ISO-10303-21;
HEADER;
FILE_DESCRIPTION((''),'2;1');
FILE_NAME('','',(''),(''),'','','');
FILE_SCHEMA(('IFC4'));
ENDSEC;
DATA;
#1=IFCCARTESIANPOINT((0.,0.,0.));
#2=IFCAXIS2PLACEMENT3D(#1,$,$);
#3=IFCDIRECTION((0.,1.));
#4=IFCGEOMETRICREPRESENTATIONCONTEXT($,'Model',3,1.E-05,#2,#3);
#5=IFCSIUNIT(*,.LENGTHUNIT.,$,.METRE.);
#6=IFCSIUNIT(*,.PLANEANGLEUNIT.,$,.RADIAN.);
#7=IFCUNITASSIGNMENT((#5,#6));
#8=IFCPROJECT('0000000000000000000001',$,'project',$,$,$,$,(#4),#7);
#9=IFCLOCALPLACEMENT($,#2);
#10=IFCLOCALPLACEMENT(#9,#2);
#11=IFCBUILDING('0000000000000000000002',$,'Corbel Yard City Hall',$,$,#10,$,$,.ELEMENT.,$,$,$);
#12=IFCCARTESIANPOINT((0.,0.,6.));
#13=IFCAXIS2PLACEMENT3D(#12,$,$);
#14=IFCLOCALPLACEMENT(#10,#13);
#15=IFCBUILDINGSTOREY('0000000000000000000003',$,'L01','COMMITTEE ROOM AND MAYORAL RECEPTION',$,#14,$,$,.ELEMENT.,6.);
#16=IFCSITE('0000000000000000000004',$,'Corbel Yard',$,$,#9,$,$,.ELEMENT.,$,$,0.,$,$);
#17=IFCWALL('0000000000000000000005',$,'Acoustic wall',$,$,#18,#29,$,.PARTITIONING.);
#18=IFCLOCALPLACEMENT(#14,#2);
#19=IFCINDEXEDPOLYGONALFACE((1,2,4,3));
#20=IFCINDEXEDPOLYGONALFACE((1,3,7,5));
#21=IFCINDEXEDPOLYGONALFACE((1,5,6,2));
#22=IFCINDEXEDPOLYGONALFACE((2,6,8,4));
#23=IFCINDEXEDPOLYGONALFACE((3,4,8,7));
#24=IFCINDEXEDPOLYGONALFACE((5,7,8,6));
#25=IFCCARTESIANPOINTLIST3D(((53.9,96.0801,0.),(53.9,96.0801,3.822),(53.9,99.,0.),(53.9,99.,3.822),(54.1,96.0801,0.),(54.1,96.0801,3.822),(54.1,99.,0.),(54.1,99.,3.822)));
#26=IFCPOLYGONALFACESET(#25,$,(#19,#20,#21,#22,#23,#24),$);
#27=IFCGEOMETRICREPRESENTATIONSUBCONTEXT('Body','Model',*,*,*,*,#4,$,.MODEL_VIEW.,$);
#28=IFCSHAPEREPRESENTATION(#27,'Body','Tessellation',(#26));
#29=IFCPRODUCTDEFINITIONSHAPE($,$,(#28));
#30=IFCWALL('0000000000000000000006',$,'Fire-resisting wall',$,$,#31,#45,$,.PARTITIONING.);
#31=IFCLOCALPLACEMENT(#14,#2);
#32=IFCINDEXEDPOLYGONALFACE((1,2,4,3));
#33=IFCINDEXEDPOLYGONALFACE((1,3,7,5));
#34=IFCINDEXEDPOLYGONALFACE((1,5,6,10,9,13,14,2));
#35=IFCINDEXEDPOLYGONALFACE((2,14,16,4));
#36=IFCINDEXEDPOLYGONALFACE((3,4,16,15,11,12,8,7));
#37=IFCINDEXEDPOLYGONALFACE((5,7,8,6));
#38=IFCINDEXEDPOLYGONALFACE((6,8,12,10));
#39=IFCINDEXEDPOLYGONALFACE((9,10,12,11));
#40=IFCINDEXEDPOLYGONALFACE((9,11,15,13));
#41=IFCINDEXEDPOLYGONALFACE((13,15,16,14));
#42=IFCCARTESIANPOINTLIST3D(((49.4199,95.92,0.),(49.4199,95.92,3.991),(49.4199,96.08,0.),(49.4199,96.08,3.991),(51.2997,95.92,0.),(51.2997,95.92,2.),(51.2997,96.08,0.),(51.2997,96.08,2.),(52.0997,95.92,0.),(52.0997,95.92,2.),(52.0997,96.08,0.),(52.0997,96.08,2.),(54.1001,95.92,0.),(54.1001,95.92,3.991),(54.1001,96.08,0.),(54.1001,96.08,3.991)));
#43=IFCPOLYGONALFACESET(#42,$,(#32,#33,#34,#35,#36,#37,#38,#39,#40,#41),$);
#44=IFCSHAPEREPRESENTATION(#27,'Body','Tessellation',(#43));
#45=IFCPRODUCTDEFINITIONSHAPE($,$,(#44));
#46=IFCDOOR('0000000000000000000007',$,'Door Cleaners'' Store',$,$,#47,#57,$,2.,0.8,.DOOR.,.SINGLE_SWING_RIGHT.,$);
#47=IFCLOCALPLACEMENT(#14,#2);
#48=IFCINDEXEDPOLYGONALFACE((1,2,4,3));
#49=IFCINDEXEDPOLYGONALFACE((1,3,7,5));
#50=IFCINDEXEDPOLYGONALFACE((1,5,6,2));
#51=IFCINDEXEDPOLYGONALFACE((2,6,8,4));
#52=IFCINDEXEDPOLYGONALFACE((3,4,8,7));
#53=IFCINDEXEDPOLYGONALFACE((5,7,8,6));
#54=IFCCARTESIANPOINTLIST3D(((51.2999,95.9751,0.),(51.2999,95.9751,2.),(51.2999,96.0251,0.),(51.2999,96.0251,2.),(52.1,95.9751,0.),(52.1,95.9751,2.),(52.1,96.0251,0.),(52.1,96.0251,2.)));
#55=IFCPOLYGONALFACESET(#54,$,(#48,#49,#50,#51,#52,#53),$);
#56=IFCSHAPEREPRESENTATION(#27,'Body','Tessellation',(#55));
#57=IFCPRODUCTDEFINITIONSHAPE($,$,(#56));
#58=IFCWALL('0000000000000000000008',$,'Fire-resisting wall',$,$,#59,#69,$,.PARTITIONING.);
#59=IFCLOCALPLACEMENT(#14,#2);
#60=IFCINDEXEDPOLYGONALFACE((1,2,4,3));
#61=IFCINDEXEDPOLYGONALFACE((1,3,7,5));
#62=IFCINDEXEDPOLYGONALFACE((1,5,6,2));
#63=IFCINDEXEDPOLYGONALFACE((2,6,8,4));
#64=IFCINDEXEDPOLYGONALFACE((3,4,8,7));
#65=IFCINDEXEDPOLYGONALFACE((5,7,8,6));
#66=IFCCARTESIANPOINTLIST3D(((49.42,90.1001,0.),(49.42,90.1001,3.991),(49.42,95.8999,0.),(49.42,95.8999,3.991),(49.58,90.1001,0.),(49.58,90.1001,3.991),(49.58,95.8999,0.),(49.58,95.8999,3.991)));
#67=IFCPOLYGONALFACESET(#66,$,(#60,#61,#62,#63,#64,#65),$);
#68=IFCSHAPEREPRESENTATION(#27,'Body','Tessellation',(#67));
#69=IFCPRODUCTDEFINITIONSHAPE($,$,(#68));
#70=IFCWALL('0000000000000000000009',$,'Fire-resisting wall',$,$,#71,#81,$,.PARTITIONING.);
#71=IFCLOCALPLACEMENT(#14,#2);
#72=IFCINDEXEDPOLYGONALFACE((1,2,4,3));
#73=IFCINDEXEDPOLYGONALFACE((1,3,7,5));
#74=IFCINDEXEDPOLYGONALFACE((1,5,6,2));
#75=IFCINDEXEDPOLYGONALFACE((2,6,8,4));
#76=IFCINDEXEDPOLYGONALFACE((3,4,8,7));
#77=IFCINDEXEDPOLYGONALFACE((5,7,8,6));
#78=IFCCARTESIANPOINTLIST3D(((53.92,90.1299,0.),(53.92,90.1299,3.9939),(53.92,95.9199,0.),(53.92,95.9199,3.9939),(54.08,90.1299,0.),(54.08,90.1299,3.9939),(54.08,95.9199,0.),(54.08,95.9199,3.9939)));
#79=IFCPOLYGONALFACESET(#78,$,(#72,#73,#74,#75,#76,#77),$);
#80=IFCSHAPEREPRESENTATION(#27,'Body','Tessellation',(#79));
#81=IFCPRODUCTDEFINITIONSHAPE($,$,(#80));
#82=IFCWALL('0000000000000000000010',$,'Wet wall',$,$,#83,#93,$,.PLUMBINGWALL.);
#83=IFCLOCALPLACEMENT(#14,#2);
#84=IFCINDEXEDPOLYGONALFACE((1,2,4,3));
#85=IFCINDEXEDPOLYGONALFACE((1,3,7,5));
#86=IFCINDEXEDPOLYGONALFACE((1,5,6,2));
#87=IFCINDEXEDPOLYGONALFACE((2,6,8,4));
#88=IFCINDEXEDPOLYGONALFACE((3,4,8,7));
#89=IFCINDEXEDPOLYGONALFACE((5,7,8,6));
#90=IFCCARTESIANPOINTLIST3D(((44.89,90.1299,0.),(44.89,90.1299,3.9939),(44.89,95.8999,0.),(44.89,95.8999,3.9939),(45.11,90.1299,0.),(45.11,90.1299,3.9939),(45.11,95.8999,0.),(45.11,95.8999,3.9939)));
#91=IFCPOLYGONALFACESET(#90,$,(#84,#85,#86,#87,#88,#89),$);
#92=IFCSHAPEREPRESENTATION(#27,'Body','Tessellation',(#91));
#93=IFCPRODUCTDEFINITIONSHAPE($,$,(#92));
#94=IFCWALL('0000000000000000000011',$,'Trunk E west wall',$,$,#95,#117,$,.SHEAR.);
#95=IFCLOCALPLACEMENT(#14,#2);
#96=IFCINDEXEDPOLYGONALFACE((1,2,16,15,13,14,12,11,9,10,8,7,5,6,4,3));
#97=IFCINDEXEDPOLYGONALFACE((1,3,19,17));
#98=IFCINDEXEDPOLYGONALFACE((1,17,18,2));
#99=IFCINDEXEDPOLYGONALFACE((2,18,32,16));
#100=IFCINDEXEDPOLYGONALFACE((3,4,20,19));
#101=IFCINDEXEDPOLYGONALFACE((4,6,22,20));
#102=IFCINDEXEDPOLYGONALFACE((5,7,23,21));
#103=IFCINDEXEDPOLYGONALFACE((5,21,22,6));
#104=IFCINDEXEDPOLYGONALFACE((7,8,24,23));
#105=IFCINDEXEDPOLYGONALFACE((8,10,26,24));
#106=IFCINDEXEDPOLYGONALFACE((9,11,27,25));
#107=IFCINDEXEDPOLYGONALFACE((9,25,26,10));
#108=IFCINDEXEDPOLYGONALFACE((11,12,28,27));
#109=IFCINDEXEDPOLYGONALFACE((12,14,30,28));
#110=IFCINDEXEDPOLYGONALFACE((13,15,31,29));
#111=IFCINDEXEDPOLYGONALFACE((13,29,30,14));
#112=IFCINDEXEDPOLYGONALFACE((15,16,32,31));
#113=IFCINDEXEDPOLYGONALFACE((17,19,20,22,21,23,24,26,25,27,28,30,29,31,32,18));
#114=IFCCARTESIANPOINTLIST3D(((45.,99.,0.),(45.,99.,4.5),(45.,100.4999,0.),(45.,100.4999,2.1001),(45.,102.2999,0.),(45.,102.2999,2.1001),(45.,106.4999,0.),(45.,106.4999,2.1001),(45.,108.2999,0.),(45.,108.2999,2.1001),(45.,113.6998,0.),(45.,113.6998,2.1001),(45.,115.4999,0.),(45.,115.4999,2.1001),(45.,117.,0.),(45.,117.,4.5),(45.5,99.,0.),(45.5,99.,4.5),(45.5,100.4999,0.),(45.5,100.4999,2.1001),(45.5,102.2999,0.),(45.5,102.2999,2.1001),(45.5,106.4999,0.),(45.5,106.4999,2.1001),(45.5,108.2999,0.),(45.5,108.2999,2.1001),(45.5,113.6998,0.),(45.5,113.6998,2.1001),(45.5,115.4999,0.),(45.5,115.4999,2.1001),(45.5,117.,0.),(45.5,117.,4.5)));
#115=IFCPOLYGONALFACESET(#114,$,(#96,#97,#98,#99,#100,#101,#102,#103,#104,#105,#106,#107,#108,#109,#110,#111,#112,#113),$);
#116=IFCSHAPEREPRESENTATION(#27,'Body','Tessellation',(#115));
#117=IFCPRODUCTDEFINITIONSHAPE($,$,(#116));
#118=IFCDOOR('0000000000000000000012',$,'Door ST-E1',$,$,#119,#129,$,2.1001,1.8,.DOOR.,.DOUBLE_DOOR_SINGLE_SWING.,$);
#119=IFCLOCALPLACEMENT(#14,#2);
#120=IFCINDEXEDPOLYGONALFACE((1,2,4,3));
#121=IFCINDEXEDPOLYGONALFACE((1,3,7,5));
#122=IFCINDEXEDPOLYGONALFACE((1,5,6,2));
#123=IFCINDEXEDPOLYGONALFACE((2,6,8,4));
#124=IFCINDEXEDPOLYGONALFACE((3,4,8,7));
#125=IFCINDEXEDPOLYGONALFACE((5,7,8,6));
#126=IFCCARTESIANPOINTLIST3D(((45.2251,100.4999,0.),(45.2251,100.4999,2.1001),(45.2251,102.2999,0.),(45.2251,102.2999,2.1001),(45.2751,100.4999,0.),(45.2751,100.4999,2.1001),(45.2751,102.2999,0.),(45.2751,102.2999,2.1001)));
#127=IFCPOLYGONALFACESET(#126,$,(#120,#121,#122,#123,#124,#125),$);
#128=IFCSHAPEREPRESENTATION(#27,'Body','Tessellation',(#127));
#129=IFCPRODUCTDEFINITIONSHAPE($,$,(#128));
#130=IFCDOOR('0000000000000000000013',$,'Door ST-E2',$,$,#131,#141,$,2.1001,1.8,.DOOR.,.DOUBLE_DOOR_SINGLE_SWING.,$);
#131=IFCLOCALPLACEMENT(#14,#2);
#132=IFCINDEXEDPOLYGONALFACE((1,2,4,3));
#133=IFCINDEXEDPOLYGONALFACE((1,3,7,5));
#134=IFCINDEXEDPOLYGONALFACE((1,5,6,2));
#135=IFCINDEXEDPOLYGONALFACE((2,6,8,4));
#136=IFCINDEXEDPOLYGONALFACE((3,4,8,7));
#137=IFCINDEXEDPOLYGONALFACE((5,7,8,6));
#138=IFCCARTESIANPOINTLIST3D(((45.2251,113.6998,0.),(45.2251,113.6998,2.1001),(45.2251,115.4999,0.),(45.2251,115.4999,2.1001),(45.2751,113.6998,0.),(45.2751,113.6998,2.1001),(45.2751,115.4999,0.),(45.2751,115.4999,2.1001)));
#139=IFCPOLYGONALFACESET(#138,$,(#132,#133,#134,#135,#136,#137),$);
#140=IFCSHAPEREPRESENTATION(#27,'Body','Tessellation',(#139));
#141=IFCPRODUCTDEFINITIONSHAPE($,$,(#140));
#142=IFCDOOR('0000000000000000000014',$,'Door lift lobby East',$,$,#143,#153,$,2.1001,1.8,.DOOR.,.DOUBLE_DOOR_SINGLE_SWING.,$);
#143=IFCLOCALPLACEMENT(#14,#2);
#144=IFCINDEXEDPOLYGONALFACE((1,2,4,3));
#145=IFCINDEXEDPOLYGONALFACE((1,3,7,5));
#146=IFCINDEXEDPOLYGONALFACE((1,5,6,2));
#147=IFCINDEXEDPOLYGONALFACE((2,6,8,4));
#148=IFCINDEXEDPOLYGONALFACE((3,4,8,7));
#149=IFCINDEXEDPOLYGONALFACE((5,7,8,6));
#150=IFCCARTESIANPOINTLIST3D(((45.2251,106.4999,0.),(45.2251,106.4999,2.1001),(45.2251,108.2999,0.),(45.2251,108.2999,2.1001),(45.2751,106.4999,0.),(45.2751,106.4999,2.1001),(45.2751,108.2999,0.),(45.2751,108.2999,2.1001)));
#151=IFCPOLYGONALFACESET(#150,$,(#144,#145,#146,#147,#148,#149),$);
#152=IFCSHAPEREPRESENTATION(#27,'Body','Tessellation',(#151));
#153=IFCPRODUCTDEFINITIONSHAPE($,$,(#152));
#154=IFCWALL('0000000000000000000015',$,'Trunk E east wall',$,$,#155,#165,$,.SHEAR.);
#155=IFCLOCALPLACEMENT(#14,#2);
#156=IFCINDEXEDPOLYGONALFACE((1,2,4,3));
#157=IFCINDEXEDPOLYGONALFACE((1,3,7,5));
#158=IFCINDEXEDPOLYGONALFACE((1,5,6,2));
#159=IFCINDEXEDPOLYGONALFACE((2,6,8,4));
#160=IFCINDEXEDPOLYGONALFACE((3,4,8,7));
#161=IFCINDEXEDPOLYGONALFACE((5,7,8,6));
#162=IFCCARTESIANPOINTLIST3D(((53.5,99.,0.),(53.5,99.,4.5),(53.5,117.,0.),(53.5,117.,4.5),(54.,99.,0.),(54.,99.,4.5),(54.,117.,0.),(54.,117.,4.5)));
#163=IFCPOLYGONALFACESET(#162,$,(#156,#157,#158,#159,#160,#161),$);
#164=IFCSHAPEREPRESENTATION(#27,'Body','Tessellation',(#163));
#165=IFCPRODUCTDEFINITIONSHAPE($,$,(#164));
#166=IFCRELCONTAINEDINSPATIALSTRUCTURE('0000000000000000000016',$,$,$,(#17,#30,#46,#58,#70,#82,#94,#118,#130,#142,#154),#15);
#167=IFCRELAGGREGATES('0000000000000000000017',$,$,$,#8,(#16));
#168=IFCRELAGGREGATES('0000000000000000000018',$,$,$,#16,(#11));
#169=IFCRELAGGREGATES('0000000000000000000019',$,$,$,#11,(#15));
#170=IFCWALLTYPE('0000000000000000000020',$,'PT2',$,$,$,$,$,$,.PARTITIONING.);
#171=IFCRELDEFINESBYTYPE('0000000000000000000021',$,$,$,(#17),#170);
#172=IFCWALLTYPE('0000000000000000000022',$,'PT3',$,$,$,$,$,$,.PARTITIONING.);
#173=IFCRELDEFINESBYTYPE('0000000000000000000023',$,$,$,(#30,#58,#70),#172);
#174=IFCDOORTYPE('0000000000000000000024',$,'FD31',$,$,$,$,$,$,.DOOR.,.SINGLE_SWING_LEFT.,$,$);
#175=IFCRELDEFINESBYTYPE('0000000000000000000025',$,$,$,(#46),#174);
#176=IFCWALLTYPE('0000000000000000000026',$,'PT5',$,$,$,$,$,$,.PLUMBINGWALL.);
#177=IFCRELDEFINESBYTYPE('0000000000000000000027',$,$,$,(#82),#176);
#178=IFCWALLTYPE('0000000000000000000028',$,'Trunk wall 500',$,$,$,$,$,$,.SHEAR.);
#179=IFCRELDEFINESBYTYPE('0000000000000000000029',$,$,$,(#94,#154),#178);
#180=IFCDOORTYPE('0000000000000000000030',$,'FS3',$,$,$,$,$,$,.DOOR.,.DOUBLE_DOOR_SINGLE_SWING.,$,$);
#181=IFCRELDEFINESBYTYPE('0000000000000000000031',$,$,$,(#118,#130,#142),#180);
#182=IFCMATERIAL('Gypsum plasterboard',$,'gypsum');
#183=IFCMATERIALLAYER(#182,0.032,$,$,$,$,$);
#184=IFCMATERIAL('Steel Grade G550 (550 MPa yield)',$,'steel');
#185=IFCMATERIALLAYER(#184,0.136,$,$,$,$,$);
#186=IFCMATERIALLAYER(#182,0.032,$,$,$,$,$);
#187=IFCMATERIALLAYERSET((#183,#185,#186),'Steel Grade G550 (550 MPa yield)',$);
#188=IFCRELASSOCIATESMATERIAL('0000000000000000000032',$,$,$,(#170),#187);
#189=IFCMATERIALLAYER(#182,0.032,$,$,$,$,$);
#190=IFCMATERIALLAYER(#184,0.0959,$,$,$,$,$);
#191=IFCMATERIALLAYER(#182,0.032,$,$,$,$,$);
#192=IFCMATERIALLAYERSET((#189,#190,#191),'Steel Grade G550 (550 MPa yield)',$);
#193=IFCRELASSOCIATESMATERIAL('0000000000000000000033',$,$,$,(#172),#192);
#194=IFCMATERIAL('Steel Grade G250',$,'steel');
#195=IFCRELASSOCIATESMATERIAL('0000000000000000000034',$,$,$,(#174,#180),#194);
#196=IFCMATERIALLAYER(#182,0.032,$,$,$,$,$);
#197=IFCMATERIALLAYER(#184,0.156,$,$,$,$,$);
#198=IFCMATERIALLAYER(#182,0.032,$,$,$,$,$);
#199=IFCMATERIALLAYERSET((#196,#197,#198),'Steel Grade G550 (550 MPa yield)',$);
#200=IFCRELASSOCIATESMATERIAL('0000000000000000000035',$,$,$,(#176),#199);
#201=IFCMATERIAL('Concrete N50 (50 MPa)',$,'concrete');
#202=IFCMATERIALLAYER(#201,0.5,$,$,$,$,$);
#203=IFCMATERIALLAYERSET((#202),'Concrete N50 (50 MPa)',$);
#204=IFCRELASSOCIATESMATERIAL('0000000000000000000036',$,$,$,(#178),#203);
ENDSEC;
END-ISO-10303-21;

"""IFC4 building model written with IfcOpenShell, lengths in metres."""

from ifc_helpers import new_model, si_unit, direction, frame, frame_2d, origin, place, context, subcontext, project, spatial, rectangle, extrude, material, layer, layer_set, type_object, element, fill, save


model = new_model("IFC4")

# Units and contexts
model_context = context("Model", 3, precision=1e-05, world=origin(), true_north=direction((0.0, 1.0)))
body_context = subcontext(model_context, "Body", "Model", "MODEL_VIEW")
ifc_project = project(units=[si_unit("LENGTHUNIT", "METRE"), si_unit("PLANEANGLEUNIT", "RADIAN")], contexts=[model_context])

# Site, building, storey
site_placement = place(None, origin())
site = spatial("IfcSite", under=ifc_project, at=site_placement, Name="Corbel Yard", CompositionType="ELEMENT", RefElevation=0.0)
building_placement = place(site_placement, origin())
building = spatial("IfcBuilding", under=site, at=building_placement, Name="Corbel Yard City Hall", CompositionType="ELEMENT")
storey_placement = place(building_placement, frame((0.0, 0.0, 6.0)))
storey = spatial("IfcBuildingStorey", under=building, at=storey_placement, Name="L01", Description="COMMITTEE ROOM AND MAYORAL RECEPTION", CompositionType="ELEMENT", Elevation=6.0)

# Shared definitions
ifc_material_1 = material(Name="Gypsum plasterboard", Category="gypsum")
ifc_layer_1 = layer(ifc_material_1, 0.032)
ifc_material_2 = material(Name="Steel Grade G550 (550 MPa yield)", Category="steel")
ifc_layer_2 = layer(ifc_material_2, 0.136)
ifc_layer_3 = layer(ifc_material_1, 0.032)
ifc_layer_set_1 = layer_set([ifc_layer_1, ifc_layer_2, ifc_layer_3], Name="Steel Grade G550 (550 MPa yield)")
wall_type_1 = type_object("IfcWallType", Name="PT2", PredefinedType="PARTITIONING", material=ifc_layer_set_1)

# Wall
wall_1_placement = place(storey_placement, frame((54.0, 96.0801, 0.0), z_axis=(0.0, 0.0, 1.0), x_axis=(0.0, 1.0, 0.0)))
element("IfcWall", 1, at=wall_1_placement, inside=storey, type_object=wall_type_1, Name="Acoustic wall", PredefinedType="PARTITIONING", context=body_context, shape_type="SweptSolid", body=[
    extrude(rectangle(XDim=2.9199, YDim=0.2, at=frame_2d((1.46, 0.0))), origin(), (0.0, 0.0, 1.0), 3.822),
])

# Wall, opening, door
ifc_layer_4 = layer(ifc_material_1, 0.032)
ifc_layer_5 = layer(ifc_material_2, 0.0959)
ifc_layer_6 = layer(ifc_material_1, 0.032)
ifc_layer_set_2 = layer_set([ifc_layer_4, ifc_layer_5, ifc_layer_6], Name="Steel Grade G550 (550 MPa yield)")
wall_type_2 = type_object("IfcWallType", Name="PT3", PredefinedType="PARTITIONING", material=ifc_layer_set_2)
wall_2_placement = place(storey_placement, frame((49.4199, 96.0, 0.0), z_axis=(0.0, 0.0, 1.0), x_axis=(1.0, 0.0, 0.0)))
wall_2 = element("IfcWall", 2, at=wall_2_placement, inside=storey, type_object=wall_type_2, Name="Fire-resisting wall", PredefinedType="PARTITIONING", context=body_context, shape_type="SweptSolid", body=[
    extrude(rectangle(XDim=4.6802, YDim=0.1599, at=frame_2d((2.3401, 0.0))), origin(), (0.0, 0.0, 1.0), 3.991),
])
opening_1_placement = place(wall_2_placement, frame((1.8799, 0.0, 0.0)))
opening_1 = element("IfcOpeningElement", 3, at=opening_1_placement, cuts=wall_2, PredefinedType="OPENING", context=body_context, shape_type="SweptSolid", body=[
    extrude(rectangle(XDim=0.8, YDim=2.0, at=frame_2d((0.3999, 1.0))), frame((0.0, 0.0898, 0.0), z_axis=(0.0, -1.0, 0.0), x_axis=(1.0, 0.0, 0.0)), (0.0, 0.0, 1.0), 0.1799),
])
ifc_material_3 = material(Name="Steel Grade G250", Category="steel")
door_type_1 = type_object("IfcDoorType", Name="FD31", OperationType="SINGLE_SWING_LEFT", PredefinedType="DOOR", material=ifc_material_3)
door_1_placement = place(opening_1_placement, frame((0.8, 0.0, 0.0), z_axis=(0.0, 0.0, 1.0), x_axis=(-1.0, 0.0, 0.0)))
door_1 = element("IfcDoor", 4, at=door_1_placement, inside=storey, type_object=door_type_1, Name="Door Cleaners' Store", OperationType="SINGLE_SWING_RIGHT", OverallHeight=2.0, OverallWidth=0.8, PredefinedType="DOOR", context=body_context, shape_type="SweptSolid", body=[
    extrude(rectangle(XDim=0.8, YDim=2.0, at=frame_2d((0.3999, 1.0))), frame((0.0, 0.0249, 0.0), z_axis=(0.0, -1.0, 0.0), x_axis=(1.0, 0.0, 0.0)), (0.0, 0.0, 1.0), 0.05),
])
fill(opening_1, door_1)

# Walls
wall_3_placement = place(storey_placement, frame((49.5, 90.1001, 0.0), z_axis=(0.0, 0.0, 1.0), x_axis=(0.0, 1.0, 0.0)))
element("IfcWall", 5, at=wall_3_placement, inside=storey, type_object=wall_type_2, Name="Fire-resisting wall", PredefinedType="PARTITIONING", context=body_context, shape_type="SweptSolid", body=[
    extrude(rectangle(XDim=5.7998, YDim=0.1599, at=frame_2d((2.8999, 0.0))), origin(), (0.0, 0.0, 1.0), 3.991),
])
wall_4_placement = place(storey_placement, frame((54.0, 90.1299, 0.0), z_axis=(0.0, 0.0, 1.0), x_axis=(0.0, 1.0, 0.0)))
element("IfcWall", 6, at=wall_4_placement, inside=storey, type_object=wall_type_2, Name="Fire-resisting wall", PredefinedType="PARTITIONING", context=body_context, shape_type="SweptSolid", body=[
    extrude(rectangle(XDim=5.79, YDim=0.1599, at=frame_2d((2.895, 0.0))), origin(), (0.0, 0.0, 1.0), 3.9939),
])
ifc_layer_7 = layer(ifc_material_1, 0.032)
ifc_layer_8 = layer(ifc_material_2, 0.156)
ifc_layer_9 = layer(ifc_material_1, 0.032)
ifc_layer_set_3 = layer_set([ifc_layer_7, ifc_layer_8, ifc_layer_9], Name="Steel Grade G550 (550 MPa yield)")
wall_type_3 = type_object("IfcWallType", Name="PT5", PredefinedType="PLUMBINGWALL", material=ifc_layer_set_3)
wall_5_placement = place(storey_placement, frame((45.0, 90.1299, 0.0), z_axis=(0.0, 0.0, 1.0), x_axis=(0.0, 1.0, 0.0)))
element("IfcWall", 7, at=wall_5_placement, inside=storey, type_object=wall_type_3, Name="Wet wall", PredefinedType="PLUMBINGWALL", context=body_context, shape_type="SweptSolid", body=[
    extrude(rectangle(XDim=5.77, YDim=0.22, at=frame_2d((2.885, 0.0))), origin(), (0.0, 0.0, 1.0), 3.9939),
])

# Wall, openings, doors
ifc_material_4 = material(Name="Concrete N50 (50 MPa)", Category="concrete")
ifc_layer_10 = layer(ifc_material_4, 0.5)
ifc_layer_set_4 = layer_set([ifc_layer_10], Name="Concrete N50 (50 MPa)")
wall_type_4 = type_object("IfcWallType", Name="Trunk wall 500", PredefinedType="SHEAR", material=ifc_layer_set_4)
wall_6_placement = place(storey_placement, frame((45.25, 99.0, 0.0), z_axis=(0.0, 0.0, 1.0), x_axis=(0.0, 1.0, 0.0)))
wall_6 = element("IfcWall", 8, at=wall_6_placement, inside=storey, type_object=wall_type_4, Name="Trunk E west wall", PredefinedType="SHEAR", context=body_context, shape_type="SweptSolid", body=[
    extrude(rectangle(XDim=18.0, YDim=0.5, at=frame_2d((9.0, 0.0))), origin(), (0.0, 0.0, 1.0), 4.5),
])
opening_2_placement = place(wall_6_placement, frame((1.5, 0.0, 0.0)))
opening_2 = element("IfcOpeningElement", 9, at=opening_2_placement, cuts=wall_6, PredefinedType="OPENING", context=body_context, shape_type="SweptSolid", body=[
    extrude(rectangle(XDim=1.8, YDim=2.1001, at=frame_2d((0.8999, 1.05))), frame((0.0, 0.26, 0.0), z_axis=(0.0, -1.0, 0.0), x_axis=(1.0, 0.0, 0.0)), (0.0, 0.0, 1.0), 0.52),
])
opening_3_placement = place(wall_6_placement, frame((14.7, 0.0, 0.0)))
opening_3 = element("IfcOpeningElement", 10, at=opening_3_placement, cuts=wall_6, PredefinedType="OPENING", context=body_context, shape_type="SweptSolid", body=[
    extrude(rectangle(XDim=1.8, YDim=2.1001, at=frame_2d((0.8999, 1.05))), frame((0.0, 0.26, 0.0), z_axis=(0.0, -1.0, 0.0), x_axis=(1.0, 0.0, 0.0)), (0.0, 0.0, 1.0), 0.52),
])
opening_4_placement = place(wall_6_placement, frame((7.5, 0.0, 0.0)))
opening_4 = element("IfcOpeningElement", 11, at=opening_4_placement, cuts=wall_6, PredefinedType="OPENING", context=body_context, shape_type="SweptSolid", body=[
    extrude(rectangle(XDim=1.8, YDim=2.1001, at=frame_2d((0.8999, 1.05))), frame((0.0, 0.26, 0.0), z_axis=(0.0, -1.0, 0.0), x_axis=(1.0, 0.0, 0.0)), (0.0, 0.0, 1.0), 0.52),
])
door_type_2 = type_object("IfcDoorType", Name="FS3", OperationType="DOUBLE_DOOR_SINGLE_SWING", PredefinedType="DOOR", material=ifc_material_3)
door_2_placement = place(opening_2_placement, origin())
door_2 = element("IfcDoor", 12, at=door_2_placement, inside=storey, type_object=door_type_2, Name="Door ST-E1", OperationType="DOUBLE_DOOR_SINGLE_SWING", OverallHeight=2.1001, OverallWidth=1.8, PredefinedType="DOOR", context=body_context, shape_type="SweptSolid", body=[
    extrude(rectangle(XDim=1.8, YDim=2.1001, at=frame_2d((0.8999, 1.05))), frame((0.0, 0.0249, 0.0), z_axis=(0.0, -1.0, 0.0), x_axis=(1.0, 0.0, 0.0)), (0.0, 0.0, 1.0), 0.05),
])
fill(opening_2, door_2)
door_3_placement = place(opening_3_placement, origin())
door_3 = element("IfcDoor", 13, at=door_3_placement, inside=storey, type_object=door_type_2, Name="Door ST-E2", OperationType="DOUBLE_DOOR_SINGLE_SWING", OverallHeight=2.1001, OverallWidth=1.8, PredefinedType="DOOR", context=body_context, shape_type="SweptSolid", body=[
    extrude(rectangle(XDim=1.8, YDim=2.1001, at=frame_2d((0.8999, 1.05))), frame((0.0, 0.0249, 0.0), z_axis=(0.0, -1.0, 0.0), x_axis=(1.0, 0.0, 0.0)), (0.0, 0.0, 1.0), 0.05),
])
fill(opening_3, door_3)
door_4_placement = place(opening_4_placement, origin())
door_4 = element("IfcDoor", 14, at=door_4_placement, inside=storey, type_object=door_type_2, Name="Door lift lobby East", OperationType="DOUBLE_DOOR_SINGLE_SWING", OverallHeight=2.1001, OverallWidth=1.8, PredefinedType="DOOR", context=body_context, shape_type="SweptSolid", body=[
    extrude(rectangle(XDim=1.8, YDim=2.1001, at=frame_2d((0.8999, 1.05))), frame((0.0, 0.0249, 0.0), z_axis=(0.0, -1.0, 0.0), x_axis=(1.0, 0.0, 0.0)), (0.0, 0.0, 1.0), 0.05),
])
fill(opening_4, door_4)

# Wall
wall_7_placement = place(storey_placement, frame((53.75, 99.0, 0.0), z_axis=(0.0, 0.0, 1.0), x_axis=(0.0, 1.0, 0.0)))
element("IfcWall", 15, at=wall_7_placement, inside=storey, type_object=wall_type_4, Name="Trunk E east wall", PredefinedType="SHEAR", context=body_context, shape_type="SweptSolid", body=[
    extrude(rectangle(XDim=18.0, YDim=0.5, at=frame_2d((9.0, 0.0))), origin(), (0.0, 0.0, 1.0), 4.5),
])

save(model, "model.ifc")
